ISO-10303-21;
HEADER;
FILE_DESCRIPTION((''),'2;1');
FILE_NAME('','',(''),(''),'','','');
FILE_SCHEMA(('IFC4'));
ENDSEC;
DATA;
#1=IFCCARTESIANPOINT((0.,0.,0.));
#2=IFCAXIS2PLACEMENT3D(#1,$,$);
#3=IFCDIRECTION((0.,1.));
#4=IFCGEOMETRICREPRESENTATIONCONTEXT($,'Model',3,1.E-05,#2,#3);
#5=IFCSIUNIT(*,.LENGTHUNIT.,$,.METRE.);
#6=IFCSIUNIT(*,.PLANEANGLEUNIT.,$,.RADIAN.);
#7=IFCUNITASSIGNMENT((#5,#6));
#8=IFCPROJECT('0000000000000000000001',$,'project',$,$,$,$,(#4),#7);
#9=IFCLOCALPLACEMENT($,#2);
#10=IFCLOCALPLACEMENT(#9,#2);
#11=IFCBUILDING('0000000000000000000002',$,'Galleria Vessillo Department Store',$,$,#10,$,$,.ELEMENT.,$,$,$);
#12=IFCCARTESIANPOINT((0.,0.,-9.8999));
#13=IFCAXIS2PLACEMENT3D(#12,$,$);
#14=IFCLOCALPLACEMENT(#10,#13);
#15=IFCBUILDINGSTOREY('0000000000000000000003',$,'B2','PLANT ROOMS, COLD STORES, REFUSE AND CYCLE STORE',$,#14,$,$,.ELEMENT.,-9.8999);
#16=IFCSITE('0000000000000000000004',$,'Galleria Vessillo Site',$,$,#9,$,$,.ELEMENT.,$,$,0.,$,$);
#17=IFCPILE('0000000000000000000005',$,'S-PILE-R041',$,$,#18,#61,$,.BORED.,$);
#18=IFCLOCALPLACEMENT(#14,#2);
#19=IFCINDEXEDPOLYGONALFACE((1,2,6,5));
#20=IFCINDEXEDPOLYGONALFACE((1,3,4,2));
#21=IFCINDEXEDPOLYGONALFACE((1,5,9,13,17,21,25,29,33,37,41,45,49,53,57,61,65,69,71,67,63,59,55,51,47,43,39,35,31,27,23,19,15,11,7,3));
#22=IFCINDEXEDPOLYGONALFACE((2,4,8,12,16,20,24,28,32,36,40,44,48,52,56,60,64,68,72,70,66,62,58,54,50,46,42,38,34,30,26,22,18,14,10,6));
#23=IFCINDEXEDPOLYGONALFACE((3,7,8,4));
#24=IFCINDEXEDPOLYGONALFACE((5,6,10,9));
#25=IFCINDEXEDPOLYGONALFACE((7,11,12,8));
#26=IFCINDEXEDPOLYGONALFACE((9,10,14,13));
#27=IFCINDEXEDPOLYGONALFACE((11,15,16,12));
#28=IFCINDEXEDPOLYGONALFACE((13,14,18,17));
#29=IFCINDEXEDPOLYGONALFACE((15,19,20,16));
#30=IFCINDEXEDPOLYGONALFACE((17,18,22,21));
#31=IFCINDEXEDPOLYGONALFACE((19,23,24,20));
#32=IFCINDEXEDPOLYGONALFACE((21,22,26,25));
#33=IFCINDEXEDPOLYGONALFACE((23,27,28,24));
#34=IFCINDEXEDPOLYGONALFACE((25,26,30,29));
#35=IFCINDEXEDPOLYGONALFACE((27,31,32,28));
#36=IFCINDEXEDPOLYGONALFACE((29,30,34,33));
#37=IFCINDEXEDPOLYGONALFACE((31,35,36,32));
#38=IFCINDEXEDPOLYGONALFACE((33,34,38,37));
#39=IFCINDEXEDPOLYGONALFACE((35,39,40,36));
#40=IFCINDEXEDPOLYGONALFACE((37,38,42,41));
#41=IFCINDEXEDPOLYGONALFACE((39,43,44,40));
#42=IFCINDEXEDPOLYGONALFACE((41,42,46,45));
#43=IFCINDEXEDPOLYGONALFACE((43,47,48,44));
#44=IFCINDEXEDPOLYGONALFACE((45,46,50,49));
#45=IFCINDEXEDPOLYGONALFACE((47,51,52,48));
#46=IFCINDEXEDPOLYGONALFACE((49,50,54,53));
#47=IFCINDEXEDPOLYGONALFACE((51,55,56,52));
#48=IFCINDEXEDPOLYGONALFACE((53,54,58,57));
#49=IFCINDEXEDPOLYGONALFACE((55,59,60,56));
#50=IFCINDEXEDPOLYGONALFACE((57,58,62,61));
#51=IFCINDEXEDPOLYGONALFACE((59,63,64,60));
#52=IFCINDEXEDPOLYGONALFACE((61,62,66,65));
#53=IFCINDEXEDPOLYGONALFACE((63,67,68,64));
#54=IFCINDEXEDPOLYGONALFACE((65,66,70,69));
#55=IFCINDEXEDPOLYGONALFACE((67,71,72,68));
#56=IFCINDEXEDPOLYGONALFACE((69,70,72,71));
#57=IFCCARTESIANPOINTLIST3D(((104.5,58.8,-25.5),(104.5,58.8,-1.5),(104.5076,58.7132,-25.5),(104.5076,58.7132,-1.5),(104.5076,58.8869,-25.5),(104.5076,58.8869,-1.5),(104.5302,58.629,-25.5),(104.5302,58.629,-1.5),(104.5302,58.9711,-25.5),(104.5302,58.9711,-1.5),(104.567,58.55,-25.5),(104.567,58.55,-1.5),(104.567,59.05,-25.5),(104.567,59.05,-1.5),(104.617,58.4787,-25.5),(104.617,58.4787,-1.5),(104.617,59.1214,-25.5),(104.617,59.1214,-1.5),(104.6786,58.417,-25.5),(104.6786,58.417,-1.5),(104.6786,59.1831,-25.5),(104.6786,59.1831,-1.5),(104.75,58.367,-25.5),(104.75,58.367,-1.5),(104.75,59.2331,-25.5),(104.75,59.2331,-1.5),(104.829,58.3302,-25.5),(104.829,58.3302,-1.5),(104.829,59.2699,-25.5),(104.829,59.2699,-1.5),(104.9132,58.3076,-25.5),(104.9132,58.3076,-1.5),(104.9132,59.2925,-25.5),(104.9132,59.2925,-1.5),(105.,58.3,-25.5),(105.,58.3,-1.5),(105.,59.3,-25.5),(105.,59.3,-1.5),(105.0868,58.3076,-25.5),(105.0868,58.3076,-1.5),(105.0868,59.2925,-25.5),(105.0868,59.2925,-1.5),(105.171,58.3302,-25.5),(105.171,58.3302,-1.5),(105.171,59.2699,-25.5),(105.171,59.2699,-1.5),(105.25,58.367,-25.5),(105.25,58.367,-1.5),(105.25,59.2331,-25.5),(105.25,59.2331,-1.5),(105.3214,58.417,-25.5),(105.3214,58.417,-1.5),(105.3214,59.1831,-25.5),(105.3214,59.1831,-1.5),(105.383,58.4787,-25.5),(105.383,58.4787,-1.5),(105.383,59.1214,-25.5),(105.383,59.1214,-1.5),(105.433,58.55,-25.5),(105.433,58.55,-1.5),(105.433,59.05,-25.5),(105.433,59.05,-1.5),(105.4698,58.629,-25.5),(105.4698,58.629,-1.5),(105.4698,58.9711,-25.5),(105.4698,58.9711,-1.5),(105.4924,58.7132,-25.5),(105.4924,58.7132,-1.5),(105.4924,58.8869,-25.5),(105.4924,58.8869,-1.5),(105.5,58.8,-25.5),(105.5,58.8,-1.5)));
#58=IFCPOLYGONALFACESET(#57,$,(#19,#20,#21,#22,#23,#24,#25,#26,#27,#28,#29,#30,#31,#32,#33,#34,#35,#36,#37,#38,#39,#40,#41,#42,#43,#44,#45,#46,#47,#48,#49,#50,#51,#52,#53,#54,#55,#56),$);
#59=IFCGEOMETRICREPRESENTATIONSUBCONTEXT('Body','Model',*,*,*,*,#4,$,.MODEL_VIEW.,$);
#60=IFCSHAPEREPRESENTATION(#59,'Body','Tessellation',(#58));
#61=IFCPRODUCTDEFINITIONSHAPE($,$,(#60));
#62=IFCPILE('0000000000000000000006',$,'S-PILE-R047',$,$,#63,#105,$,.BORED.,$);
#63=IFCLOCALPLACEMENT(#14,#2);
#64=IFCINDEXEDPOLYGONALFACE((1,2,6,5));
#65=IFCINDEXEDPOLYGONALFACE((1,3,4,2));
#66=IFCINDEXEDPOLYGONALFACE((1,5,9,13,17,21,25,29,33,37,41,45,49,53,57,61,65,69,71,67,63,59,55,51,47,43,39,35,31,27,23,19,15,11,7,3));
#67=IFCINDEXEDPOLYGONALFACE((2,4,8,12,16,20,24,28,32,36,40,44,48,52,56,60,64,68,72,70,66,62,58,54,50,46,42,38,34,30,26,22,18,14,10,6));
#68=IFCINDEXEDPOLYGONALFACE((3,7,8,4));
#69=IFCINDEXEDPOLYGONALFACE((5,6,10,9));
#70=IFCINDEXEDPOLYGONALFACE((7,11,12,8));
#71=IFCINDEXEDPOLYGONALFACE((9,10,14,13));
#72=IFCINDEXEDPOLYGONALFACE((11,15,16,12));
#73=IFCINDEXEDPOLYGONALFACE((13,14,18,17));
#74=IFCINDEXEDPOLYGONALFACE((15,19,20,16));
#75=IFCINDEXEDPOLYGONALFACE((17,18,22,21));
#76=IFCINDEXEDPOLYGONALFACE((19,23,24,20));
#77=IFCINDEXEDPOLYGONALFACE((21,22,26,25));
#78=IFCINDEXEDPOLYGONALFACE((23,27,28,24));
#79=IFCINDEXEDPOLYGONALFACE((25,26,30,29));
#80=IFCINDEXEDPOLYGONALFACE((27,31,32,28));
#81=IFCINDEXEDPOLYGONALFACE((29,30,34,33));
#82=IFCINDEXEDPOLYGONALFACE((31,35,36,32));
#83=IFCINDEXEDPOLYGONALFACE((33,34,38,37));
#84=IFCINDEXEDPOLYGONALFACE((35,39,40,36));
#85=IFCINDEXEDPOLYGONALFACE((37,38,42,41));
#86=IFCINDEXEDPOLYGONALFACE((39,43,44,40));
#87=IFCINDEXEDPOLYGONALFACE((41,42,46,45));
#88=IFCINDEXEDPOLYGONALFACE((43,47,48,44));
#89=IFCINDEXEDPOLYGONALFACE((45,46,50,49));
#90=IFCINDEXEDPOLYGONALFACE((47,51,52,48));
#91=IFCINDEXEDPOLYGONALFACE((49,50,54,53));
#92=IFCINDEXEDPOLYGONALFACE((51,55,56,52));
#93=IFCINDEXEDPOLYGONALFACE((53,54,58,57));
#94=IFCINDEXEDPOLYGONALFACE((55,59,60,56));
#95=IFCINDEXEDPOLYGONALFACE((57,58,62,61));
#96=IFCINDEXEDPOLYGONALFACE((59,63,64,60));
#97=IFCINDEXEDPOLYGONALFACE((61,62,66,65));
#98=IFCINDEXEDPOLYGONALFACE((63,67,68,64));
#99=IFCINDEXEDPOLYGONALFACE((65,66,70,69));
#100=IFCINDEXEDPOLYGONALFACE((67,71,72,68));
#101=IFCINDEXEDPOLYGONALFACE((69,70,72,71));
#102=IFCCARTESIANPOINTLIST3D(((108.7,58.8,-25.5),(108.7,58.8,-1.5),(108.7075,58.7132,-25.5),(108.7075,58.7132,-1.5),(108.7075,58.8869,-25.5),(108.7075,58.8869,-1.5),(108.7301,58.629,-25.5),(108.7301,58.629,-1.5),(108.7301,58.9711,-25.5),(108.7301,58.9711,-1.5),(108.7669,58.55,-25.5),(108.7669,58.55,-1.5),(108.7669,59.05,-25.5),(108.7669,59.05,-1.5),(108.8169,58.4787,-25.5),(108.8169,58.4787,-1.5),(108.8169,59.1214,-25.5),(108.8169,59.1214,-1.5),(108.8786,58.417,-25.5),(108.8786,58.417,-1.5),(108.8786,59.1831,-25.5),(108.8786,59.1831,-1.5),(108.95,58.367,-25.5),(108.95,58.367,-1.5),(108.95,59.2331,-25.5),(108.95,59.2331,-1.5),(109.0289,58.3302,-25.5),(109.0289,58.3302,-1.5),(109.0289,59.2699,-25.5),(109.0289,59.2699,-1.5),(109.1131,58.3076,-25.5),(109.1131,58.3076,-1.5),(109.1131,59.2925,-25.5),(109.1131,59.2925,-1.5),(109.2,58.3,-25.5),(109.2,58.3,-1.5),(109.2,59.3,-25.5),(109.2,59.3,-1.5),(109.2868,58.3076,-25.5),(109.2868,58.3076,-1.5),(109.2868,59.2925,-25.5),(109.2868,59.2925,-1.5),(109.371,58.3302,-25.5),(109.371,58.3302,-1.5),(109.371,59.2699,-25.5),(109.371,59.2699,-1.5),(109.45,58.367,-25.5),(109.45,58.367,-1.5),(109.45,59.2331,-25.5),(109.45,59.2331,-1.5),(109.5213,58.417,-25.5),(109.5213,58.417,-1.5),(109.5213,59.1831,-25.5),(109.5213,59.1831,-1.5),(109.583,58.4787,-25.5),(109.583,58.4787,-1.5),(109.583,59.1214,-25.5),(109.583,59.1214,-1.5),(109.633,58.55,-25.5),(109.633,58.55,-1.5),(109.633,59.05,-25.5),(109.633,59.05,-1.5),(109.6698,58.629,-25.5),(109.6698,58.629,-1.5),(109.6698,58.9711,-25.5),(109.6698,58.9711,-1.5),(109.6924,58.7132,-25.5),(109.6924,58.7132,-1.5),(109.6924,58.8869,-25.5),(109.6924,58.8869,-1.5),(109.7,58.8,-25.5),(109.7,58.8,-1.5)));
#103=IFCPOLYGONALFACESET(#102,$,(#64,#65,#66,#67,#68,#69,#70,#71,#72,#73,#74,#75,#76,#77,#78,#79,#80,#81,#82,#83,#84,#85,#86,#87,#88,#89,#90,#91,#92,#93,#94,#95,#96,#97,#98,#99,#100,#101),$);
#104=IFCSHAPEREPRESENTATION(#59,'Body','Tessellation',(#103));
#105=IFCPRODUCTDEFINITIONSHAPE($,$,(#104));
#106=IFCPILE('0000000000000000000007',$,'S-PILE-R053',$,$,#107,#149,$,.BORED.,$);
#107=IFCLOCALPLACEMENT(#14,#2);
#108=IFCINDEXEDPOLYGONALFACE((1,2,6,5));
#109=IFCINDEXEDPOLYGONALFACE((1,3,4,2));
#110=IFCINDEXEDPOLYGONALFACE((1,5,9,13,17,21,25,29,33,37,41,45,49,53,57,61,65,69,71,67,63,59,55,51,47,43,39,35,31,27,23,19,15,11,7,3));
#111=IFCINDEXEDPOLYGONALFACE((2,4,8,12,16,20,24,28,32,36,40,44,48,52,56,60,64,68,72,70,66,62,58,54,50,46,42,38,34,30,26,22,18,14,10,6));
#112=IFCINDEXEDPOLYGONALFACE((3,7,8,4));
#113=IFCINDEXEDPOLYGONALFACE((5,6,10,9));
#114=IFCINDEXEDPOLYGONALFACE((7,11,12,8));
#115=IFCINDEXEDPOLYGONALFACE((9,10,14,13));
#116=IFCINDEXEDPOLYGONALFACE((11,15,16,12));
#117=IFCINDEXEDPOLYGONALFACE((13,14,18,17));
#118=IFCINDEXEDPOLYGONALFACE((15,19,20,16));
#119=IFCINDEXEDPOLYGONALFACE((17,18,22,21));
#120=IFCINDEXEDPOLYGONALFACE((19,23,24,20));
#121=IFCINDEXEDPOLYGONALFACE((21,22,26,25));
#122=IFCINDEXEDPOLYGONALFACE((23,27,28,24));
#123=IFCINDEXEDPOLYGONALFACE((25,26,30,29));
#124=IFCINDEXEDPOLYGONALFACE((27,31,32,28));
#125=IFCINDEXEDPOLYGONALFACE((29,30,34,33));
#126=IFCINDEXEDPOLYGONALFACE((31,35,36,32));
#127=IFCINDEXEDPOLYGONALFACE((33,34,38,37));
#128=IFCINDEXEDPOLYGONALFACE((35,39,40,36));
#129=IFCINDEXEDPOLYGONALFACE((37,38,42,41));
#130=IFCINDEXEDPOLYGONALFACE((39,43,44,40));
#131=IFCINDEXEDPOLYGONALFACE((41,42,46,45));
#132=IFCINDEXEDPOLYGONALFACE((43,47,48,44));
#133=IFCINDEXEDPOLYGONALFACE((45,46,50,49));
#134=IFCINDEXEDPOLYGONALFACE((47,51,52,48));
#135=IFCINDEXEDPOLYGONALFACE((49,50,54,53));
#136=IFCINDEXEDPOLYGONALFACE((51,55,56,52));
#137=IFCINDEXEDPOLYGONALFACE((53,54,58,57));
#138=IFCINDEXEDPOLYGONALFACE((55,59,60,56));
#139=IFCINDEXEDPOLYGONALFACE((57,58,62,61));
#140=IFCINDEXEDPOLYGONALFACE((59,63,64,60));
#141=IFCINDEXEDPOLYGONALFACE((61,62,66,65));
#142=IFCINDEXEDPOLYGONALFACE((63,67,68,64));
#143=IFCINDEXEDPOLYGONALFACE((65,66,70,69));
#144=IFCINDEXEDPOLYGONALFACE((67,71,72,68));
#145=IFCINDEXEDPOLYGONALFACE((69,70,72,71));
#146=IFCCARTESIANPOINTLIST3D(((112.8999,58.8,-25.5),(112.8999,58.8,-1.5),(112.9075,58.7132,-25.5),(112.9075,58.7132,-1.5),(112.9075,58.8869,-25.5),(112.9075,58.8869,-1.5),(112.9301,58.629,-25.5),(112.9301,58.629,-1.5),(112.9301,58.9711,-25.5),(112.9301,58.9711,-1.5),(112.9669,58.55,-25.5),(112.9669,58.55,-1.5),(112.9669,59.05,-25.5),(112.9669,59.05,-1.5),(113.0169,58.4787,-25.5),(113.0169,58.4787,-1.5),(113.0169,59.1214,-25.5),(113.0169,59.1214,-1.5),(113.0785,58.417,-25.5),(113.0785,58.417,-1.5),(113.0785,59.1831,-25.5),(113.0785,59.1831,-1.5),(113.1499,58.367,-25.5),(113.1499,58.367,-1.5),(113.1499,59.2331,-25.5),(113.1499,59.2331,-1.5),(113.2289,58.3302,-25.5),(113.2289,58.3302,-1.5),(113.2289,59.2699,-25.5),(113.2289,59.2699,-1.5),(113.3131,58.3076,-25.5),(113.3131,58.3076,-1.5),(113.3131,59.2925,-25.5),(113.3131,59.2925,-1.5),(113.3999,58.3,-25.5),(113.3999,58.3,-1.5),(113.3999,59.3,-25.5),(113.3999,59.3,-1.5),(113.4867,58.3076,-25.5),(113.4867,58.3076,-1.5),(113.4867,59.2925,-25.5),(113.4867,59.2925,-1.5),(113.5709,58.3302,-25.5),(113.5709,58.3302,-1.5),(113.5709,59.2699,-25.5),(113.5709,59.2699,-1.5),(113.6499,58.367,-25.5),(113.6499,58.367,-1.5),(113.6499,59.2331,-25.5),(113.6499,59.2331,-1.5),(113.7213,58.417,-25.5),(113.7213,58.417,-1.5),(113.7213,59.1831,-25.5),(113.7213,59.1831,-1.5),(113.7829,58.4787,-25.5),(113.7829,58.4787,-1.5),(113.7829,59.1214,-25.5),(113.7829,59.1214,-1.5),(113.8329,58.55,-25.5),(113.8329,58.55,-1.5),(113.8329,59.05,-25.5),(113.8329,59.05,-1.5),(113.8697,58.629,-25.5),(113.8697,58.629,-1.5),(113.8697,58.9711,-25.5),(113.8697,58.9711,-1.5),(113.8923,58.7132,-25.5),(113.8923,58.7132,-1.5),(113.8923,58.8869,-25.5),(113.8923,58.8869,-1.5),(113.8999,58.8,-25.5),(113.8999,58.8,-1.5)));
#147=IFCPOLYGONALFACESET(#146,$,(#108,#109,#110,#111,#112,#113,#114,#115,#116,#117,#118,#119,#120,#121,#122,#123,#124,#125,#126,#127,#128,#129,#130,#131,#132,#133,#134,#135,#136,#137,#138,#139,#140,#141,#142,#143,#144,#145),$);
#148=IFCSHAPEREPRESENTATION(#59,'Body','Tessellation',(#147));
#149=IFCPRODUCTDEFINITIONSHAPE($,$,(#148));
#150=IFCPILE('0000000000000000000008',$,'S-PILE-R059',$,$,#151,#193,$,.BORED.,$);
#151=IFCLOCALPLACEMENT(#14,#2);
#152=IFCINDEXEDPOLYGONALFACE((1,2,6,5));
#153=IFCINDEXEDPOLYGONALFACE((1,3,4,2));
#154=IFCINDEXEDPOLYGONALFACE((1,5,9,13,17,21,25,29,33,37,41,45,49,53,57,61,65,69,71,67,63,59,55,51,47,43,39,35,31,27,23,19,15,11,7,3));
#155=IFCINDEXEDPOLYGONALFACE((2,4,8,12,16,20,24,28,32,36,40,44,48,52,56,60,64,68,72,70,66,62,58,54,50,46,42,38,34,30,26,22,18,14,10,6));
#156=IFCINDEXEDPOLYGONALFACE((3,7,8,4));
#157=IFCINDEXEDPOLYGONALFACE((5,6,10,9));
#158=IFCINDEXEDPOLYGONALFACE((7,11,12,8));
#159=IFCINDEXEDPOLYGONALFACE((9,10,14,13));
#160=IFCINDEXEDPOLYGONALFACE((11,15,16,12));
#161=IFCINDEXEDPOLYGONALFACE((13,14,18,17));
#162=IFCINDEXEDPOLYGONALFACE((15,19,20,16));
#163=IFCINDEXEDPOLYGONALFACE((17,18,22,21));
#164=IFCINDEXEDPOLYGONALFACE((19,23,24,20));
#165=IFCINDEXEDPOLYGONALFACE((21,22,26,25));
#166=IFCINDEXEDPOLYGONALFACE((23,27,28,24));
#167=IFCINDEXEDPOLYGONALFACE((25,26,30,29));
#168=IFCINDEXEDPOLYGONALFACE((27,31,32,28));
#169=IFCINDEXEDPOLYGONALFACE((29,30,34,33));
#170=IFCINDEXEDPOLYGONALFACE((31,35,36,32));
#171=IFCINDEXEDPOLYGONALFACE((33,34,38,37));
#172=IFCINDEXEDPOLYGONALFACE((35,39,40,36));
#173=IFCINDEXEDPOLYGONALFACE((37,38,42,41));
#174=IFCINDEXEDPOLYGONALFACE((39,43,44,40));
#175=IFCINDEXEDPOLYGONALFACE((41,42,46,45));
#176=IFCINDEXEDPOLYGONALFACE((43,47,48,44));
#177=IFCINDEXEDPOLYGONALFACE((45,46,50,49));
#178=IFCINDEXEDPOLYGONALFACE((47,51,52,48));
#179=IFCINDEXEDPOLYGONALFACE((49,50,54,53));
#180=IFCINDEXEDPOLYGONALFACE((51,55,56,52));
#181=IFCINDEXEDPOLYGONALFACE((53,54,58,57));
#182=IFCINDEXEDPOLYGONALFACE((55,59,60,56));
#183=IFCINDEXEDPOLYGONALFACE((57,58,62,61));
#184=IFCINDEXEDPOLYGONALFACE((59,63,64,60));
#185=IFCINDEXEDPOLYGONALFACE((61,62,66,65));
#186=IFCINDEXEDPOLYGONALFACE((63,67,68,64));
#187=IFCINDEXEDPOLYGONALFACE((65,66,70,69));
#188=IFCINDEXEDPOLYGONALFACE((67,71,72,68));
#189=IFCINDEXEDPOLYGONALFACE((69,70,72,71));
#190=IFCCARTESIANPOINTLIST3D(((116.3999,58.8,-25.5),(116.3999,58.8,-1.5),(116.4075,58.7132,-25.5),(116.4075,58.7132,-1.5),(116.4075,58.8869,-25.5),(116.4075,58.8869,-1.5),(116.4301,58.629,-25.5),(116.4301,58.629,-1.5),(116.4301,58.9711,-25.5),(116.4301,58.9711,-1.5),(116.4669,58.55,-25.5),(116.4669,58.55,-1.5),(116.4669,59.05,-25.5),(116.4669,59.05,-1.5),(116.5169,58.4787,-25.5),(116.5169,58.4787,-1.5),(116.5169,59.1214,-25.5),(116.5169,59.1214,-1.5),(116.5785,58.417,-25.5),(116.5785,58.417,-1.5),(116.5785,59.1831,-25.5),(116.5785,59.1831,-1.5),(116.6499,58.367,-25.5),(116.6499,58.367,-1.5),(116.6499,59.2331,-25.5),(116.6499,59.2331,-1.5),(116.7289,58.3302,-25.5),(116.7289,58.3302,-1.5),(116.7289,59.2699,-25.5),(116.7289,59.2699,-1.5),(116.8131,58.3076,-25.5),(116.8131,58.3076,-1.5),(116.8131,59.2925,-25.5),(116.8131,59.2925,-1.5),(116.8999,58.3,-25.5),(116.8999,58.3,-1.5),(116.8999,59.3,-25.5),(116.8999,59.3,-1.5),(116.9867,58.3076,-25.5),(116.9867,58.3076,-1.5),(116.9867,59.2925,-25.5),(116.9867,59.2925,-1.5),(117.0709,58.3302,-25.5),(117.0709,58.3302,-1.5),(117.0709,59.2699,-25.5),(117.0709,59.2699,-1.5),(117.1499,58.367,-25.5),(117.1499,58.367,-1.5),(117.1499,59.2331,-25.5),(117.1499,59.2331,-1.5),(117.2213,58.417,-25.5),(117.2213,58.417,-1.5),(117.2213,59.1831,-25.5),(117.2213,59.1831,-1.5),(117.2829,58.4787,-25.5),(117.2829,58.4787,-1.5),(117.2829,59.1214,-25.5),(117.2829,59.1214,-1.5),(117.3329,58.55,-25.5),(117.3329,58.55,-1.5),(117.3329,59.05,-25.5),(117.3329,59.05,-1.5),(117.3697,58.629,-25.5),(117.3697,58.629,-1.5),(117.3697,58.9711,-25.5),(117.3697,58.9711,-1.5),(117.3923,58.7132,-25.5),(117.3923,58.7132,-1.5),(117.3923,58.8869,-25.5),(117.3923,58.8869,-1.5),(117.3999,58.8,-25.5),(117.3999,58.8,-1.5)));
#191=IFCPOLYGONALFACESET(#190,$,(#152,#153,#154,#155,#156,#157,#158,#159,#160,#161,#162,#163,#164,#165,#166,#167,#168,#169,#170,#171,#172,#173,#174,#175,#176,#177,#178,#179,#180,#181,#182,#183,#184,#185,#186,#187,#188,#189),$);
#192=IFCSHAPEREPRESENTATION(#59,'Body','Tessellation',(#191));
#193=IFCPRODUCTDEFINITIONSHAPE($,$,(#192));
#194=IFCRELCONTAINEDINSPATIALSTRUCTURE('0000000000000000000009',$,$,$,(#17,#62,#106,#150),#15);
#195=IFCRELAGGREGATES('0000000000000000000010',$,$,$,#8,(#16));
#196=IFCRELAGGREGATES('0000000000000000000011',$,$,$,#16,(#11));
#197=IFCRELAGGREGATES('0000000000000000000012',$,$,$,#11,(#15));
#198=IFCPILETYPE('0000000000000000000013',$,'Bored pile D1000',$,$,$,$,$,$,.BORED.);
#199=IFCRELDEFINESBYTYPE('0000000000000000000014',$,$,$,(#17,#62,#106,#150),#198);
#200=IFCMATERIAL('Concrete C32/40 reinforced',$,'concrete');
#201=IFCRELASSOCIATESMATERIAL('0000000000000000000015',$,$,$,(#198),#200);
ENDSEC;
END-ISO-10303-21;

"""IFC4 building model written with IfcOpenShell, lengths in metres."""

from ifc_helpers import new_model, si_unit, direction, frame, origin, origin_2d, place, context, subcontext, project, spatial, circle, extrude, material, material_profile, profile_set, type_object, element, save


model = new_model("IFC4")

# Units and contexts
model_context = context("Model", 3, precision=1e-05, world=origin(), true_north=direction((0.0, 1.0)))
body_context = subcontext(model_context, "Body", "Model", "MODEL_VIEW")
ifc_project = project(units=[si_unit("LENGTHUNIT", "METRE"), si_unit("PLANEANGLEUNIT", "RADIAN")], contexts=[model_context])

# Site, building, storey
site_placement = place(None, origin())
site = spatial("IfcSite", under=ifc_project, at=site_placement, Name="Galleria Vessillo Site", CompositionType="ELEMENT", RefElevation=0.0)
building_placement = place(site_placement, origin())
building = spatial("IfcBuilding", under=site, at=building_placement, Name="Galleria Vessillo Department Store", CompositionType="ELEMENT")
storey_placement = place(building_placement, frame((0.0, 0.0, -9.8999)))
storey = spatial("IfcBuildingStorey", under=building, at=storey_placement, Name="B2", Description="PLANT ROOMS, COLD STORES, REFUSE AND CYCLE STORE", CompositionType="ELEMENT", Elevation=-9.8999)

# Piles
ifc_material_1 = material(Name="Concrete C32/40 reinforced", Category="concrete")
ifc_material_profile_1 = material_profile(ifc_material_1, circle(Radius=0.5, at=origin_2d()), Name="Bored pile D1000")
ifc_profile_set_1 = profile_set([ifc_material_profile_1], Name="Concrete C32/40 reinforced")
pile_type = type_object("IfcPileType", Name="Bored pile D1000", PredefinedType="BORED", material=ifc_profile_set_1)
for number, where, z_axis, x_axis, name in (
    (1, (105.0, 58.8, -1.5), (0.0, 0.0, -1.0), (1.0, 0.0, 0.0), "S-PILE-R041"),
    (2, (109.2, 58.8, -1.5), (0.0, 0.0, -1.0), (1.0, 0.0, 0.0), "S-PILE-R047"),
    (3, (113.3999, 58.8, -1.5), (0.0, 0.0, -1.0), (1.0, 0.0, 0.0), "S-PILE-R053"),
    (4, (116.8999, 58.8, -1.5), (0.0, 0.0, -1.0), (1.0, 0.0, 0.0), "S-PILE-R059"),
):
    element("IfcPile", number, at=place(storey_placement, frame(where, z_axis=z_axis, x_axis=x_axis)), inside=storey, type_object=pile_type, Name=name, PredefinedType="BORED", context=body_context, shape_type="SweptSolid", body=[
        extrude(circle(Radius=0.5, at=origin_2d()), origin(), (0.0, 0.0, 1.0), 24.0),
    ])

save(model, "model.ifc")
